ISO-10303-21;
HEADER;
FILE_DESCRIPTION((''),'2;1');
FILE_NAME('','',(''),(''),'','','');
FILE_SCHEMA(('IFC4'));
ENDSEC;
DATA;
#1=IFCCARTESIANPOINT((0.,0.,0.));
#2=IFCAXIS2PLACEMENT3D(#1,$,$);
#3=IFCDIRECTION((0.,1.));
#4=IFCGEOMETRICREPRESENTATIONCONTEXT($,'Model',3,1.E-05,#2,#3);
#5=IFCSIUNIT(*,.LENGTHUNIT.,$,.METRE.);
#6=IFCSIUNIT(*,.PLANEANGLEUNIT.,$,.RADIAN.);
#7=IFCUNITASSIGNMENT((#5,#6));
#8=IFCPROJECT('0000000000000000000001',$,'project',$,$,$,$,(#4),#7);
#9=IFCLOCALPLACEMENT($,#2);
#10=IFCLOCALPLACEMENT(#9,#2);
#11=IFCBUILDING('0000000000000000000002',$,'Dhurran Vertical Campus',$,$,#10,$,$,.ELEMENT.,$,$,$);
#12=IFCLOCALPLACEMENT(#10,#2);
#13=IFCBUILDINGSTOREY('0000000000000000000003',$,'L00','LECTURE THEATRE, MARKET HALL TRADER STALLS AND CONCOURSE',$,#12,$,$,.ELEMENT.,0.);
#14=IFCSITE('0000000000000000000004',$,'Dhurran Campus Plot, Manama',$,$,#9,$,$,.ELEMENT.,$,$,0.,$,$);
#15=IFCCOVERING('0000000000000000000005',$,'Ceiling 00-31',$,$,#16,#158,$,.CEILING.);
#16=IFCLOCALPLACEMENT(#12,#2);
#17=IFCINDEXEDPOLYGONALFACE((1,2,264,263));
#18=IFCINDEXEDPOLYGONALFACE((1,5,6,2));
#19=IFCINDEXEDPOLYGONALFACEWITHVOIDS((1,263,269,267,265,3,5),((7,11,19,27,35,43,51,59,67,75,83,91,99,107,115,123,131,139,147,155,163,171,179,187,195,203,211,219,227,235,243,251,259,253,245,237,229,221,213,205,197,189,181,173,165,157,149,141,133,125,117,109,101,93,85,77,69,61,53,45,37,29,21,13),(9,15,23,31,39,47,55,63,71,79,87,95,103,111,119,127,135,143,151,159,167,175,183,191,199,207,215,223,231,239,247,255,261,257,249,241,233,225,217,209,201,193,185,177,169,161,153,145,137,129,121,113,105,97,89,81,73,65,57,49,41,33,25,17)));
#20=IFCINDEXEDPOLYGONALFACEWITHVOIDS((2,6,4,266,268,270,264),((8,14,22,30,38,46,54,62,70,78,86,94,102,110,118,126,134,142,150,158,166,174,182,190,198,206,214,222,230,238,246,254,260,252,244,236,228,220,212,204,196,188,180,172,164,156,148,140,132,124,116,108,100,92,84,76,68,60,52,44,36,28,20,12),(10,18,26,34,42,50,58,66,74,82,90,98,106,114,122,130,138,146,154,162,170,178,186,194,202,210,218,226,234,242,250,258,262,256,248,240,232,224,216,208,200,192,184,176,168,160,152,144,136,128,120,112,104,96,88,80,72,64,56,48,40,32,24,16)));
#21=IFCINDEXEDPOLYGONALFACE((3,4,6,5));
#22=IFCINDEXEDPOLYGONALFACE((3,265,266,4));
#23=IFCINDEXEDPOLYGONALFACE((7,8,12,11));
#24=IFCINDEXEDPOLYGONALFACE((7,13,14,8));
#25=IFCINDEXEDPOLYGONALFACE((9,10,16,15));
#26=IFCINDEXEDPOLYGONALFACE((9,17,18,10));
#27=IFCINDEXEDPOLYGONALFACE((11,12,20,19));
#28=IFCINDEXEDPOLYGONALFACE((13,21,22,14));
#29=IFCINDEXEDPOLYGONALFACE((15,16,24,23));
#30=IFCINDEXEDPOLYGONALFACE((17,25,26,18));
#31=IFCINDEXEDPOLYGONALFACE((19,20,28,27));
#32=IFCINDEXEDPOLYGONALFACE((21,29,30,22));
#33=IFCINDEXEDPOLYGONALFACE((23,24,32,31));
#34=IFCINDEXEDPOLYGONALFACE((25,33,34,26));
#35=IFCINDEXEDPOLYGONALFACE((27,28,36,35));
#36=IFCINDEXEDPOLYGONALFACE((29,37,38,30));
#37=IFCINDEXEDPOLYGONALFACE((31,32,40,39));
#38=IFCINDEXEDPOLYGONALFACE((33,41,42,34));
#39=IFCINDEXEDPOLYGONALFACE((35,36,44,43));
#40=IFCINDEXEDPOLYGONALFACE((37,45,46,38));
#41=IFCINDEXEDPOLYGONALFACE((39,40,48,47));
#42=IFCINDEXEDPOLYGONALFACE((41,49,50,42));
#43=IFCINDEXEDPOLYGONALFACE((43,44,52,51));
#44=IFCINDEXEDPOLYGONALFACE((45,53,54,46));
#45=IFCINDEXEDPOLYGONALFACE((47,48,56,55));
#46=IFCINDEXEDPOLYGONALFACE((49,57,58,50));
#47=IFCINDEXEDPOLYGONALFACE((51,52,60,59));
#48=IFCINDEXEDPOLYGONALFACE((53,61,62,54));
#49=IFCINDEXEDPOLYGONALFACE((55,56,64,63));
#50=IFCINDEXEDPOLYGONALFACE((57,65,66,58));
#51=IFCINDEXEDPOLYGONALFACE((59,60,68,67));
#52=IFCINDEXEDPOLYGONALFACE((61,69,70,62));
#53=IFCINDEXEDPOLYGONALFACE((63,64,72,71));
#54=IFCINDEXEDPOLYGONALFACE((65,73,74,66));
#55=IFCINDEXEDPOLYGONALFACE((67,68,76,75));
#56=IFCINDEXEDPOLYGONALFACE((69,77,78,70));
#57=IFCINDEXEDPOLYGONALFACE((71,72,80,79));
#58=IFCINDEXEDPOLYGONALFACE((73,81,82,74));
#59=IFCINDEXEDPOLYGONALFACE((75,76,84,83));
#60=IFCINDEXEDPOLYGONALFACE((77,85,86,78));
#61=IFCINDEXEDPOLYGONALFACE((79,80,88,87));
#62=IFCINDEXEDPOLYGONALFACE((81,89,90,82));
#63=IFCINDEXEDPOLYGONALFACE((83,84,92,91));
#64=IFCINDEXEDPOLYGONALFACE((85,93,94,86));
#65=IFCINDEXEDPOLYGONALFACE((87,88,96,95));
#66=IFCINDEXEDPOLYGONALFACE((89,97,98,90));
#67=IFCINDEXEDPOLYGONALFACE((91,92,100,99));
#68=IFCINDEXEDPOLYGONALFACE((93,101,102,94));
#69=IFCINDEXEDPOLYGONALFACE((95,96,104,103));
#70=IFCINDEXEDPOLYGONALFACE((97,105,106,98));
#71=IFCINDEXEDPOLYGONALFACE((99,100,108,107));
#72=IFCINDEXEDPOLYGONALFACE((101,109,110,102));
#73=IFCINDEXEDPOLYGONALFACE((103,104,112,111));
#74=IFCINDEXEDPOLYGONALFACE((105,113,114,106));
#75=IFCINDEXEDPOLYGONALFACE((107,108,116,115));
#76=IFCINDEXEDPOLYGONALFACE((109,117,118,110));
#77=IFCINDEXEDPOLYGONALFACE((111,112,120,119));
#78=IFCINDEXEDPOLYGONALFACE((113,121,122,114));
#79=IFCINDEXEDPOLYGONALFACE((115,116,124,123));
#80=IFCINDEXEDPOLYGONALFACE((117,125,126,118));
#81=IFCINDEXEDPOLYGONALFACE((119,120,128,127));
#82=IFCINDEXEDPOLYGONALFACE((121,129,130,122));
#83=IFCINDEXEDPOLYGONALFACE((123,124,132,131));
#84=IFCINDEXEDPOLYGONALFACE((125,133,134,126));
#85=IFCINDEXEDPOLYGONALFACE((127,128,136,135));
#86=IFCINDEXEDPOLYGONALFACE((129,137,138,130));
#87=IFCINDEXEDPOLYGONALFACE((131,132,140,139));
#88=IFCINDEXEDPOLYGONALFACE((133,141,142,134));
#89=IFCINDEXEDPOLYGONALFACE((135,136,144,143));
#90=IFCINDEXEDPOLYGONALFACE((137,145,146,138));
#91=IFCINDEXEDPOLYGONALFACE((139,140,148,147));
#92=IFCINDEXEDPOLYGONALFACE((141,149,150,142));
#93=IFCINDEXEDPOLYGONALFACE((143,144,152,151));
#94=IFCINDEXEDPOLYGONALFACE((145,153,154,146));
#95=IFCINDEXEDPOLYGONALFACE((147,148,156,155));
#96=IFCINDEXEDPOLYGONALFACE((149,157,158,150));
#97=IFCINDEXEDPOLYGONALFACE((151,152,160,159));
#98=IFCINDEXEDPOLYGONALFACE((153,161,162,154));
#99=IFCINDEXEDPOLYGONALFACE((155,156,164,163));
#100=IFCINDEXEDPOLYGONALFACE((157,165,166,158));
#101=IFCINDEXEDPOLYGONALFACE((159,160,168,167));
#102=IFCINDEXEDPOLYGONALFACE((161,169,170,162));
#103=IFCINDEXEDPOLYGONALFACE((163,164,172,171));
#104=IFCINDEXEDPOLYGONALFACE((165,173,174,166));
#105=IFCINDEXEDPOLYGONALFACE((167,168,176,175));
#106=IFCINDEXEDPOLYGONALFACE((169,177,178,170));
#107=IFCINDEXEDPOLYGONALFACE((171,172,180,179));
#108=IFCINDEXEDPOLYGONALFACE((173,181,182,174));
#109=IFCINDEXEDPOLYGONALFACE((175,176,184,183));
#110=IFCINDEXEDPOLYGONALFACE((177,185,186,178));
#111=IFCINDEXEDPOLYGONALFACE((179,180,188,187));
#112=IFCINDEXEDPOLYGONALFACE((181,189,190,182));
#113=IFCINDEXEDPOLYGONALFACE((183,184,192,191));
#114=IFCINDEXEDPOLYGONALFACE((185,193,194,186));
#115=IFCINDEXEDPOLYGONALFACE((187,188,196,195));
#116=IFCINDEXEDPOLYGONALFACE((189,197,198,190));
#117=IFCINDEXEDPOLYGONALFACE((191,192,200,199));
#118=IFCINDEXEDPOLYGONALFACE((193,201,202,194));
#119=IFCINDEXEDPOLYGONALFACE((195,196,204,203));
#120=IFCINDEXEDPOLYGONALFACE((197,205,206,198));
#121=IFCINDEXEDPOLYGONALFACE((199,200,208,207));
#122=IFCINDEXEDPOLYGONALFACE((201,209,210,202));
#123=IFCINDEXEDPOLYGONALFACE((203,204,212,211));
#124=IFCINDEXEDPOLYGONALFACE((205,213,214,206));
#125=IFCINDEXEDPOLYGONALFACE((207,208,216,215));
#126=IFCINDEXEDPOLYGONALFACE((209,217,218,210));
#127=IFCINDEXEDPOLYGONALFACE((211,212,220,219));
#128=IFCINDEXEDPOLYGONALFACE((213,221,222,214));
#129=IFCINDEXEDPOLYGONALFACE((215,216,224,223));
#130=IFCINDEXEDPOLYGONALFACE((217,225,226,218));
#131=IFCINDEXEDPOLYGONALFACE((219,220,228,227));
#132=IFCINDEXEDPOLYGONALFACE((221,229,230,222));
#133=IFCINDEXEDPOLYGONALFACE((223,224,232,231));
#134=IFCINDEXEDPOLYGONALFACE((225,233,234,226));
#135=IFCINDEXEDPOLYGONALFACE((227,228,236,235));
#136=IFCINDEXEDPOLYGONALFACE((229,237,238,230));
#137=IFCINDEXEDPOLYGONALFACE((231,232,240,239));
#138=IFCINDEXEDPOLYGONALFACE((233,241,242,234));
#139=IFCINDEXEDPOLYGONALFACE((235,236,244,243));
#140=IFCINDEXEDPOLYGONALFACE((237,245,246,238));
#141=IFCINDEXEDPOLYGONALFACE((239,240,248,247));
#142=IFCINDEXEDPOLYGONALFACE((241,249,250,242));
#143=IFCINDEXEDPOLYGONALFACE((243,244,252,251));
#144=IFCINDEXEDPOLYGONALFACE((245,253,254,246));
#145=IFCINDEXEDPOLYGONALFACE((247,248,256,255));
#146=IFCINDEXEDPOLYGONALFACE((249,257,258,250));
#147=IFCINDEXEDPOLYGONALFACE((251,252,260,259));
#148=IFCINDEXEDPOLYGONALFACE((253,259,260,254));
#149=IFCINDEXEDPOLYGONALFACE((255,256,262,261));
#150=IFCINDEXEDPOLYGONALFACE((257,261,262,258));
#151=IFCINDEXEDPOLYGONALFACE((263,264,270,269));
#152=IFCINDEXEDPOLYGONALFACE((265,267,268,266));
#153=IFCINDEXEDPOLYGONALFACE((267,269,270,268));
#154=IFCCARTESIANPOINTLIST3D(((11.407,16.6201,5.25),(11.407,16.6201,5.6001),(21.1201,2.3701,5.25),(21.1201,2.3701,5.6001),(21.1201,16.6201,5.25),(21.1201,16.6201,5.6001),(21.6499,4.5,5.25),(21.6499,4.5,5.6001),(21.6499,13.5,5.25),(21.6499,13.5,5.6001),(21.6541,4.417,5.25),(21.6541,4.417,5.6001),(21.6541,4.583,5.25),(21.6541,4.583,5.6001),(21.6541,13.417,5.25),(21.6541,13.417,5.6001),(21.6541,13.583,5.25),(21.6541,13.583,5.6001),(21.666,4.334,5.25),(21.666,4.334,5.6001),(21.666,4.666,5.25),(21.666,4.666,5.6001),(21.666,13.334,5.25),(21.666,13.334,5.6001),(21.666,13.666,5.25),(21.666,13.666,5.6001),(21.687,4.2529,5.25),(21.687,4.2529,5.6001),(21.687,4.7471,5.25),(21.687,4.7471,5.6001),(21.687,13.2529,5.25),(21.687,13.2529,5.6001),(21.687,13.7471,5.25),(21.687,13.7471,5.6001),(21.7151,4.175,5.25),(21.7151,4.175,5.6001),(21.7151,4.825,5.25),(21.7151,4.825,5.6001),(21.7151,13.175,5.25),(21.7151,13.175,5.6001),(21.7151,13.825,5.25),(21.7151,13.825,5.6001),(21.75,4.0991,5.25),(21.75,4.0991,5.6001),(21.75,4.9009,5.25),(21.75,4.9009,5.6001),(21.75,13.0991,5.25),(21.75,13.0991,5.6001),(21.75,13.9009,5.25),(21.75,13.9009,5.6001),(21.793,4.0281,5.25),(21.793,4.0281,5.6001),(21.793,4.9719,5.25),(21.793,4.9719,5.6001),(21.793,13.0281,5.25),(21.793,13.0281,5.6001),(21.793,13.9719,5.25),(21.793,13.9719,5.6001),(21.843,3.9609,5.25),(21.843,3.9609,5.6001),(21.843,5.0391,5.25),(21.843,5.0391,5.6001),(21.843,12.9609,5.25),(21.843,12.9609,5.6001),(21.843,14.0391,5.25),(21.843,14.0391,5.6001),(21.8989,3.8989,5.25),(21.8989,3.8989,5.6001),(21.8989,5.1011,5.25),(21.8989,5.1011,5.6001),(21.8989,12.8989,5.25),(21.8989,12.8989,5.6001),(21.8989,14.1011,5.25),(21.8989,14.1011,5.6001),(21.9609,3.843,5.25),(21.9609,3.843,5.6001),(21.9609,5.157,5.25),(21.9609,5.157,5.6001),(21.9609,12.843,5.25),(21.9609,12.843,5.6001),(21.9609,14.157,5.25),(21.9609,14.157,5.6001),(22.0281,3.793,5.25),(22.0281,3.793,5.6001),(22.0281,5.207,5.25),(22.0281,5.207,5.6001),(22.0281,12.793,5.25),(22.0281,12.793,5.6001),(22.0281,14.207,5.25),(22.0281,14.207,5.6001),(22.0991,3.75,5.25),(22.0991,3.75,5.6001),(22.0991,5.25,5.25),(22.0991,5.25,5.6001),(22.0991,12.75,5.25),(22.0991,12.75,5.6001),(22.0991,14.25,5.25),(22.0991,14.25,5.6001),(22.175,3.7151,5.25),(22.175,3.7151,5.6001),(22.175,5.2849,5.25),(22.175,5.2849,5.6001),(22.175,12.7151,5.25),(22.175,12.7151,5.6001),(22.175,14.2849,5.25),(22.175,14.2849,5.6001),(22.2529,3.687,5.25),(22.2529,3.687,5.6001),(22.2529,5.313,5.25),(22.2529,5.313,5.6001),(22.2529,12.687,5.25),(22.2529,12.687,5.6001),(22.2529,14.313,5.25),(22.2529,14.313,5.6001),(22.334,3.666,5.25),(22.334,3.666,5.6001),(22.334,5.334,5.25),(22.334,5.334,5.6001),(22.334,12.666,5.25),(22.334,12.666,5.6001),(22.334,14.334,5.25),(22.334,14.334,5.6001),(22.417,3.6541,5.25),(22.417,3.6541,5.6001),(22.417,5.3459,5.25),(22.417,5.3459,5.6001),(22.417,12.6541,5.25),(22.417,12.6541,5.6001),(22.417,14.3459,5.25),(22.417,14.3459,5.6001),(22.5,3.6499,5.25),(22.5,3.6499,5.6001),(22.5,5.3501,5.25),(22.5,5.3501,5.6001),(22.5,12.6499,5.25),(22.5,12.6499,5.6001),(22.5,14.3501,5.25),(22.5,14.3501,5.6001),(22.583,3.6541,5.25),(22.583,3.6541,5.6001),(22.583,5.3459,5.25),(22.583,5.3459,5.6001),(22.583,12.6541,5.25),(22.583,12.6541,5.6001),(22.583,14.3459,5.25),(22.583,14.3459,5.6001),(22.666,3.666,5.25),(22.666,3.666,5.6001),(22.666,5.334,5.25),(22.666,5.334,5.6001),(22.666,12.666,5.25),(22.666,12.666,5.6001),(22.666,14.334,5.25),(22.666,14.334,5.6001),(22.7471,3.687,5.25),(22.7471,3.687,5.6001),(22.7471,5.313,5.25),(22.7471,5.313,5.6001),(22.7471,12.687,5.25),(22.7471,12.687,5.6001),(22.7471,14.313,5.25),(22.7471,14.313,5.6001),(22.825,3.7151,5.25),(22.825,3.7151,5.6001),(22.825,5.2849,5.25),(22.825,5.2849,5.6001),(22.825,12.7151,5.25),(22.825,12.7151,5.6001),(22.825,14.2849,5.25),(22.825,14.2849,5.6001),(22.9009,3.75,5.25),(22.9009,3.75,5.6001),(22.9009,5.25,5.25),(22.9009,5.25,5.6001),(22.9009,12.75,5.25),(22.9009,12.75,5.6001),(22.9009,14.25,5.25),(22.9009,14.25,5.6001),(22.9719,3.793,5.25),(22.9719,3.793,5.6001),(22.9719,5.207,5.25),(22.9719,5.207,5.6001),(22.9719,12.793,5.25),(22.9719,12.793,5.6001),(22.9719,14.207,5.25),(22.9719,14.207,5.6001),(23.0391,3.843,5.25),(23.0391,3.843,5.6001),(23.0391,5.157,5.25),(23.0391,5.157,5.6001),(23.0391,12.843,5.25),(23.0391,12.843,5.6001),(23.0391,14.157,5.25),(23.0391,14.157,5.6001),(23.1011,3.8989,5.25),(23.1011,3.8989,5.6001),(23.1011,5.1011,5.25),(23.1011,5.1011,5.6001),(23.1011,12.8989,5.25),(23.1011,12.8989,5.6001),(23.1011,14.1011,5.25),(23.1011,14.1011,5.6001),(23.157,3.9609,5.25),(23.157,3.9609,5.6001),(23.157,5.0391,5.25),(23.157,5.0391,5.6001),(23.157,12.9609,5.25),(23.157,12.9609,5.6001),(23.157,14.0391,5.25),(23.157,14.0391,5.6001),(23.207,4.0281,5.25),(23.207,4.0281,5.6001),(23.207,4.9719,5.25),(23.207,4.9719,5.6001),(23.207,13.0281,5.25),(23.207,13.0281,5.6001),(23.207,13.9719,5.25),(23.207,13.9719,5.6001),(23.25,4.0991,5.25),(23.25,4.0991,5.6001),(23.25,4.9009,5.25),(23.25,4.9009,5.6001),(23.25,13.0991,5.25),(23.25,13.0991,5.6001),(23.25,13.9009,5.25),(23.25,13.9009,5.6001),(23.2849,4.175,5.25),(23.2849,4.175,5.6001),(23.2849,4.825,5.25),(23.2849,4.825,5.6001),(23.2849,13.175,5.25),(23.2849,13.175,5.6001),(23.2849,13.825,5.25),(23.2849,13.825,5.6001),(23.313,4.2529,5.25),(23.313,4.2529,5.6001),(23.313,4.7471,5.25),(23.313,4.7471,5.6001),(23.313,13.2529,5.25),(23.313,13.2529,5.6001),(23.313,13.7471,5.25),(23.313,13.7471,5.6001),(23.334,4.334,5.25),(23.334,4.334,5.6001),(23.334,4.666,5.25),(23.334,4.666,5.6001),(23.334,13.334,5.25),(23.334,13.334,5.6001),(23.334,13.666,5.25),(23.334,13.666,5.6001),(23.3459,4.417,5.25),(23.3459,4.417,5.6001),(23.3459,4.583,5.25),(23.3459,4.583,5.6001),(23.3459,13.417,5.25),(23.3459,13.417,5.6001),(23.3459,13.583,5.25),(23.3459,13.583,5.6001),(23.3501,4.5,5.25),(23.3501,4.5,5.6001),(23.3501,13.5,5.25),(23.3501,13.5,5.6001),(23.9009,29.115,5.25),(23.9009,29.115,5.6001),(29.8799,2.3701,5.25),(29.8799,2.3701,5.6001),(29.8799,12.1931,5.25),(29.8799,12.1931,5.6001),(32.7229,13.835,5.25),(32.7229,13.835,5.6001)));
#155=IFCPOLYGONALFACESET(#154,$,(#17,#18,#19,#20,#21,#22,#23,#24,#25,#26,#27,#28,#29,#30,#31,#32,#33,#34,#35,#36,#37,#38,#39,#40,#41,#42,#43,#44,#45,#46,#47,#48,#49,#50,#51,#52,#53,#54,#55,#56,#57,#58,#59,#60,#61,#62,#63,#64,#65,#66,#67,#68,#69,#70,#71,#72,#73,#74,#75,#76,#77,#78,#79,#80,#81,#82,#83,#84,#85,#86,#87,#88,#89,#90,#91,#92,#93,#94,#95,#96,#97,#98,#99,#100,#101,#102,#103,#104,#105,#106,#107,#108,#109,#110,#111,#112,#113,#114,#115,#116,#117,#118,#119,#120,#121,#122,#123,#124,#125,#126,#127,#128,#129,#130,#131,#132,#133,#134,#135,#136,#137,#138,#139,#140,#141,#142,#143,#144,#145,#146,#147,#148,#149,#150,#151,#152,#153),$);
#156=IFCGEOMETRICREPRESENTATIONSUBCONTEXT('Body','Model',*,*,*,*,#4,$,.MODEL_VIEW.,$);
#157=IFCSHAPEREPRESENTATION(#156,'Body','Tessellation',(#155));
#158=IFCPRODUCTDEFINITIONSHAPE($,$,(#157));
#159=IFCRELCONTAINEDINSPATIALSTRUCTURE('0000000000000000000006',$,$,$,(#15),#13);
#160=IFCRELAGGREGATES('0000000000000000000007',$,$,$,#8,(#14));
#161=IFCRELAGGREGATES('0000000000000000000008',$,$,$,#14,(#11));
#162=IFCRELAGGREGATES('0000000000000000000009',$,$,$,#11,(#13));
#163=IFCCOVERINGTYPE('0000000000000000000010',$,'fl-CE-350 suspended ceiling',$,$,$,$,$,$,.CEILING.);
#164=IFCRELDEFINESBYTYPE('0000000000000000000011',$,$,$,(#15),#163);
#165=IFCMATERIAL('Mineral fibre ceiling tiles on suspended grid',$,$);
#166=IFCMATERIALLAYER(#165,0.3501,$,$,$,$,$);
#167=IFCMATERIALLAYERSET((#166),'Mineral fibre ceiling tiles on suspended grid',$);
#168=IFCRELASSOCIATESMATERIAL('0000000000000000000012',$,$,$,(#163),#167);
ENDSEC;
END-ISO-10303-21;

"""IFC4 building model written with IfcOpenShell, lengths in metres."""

from ifc_helpers import new_model, si_unit, direction, frame, origin, place, context, subcontext, project, spatial, polyline, outline, extrude, material, layer, layer_set, type_object, element, save


model = new_model("IFC4")

# Units and contexts
model_context = context("Model", 3, precision=1e-05, world=origin(), true_north=direction((0.0, 1.0)))
body_context = subcontext(model_context, "Body", "Model", "MODEL_VIEW")
ifc_project = project(units=[si_unit("LENGTHUNIT", "METRE"), si_unit("PLANEANGLEUNIT", "RADIAN")], contexts=[model_context])

# Site, building, storey
site_placement = place(None, origin())
site = spatial("IfcSite", under=ifc_project, at=site_placement, Name="Dhurran Campus Plot, Manama", CompositionType="ELEMENT", RefElevation=0.0)
building_placement = place(site_placement, origin())
building = spatial("IfcBuilding", under=site, at=building_placement, Name="Dhurran Vertical Campus", CompositionType="ELEMENT")
storey_placement = place(building_placement, origin())
storey = spatial("IfcBuildingStorey", under=building, at=storey_placement, Name="L00", Description="LECTURE THEATRE, MARKET HALL TRADER STALLS AND CONCOURSE", CompositionType="ELEMENT", Elevation=0.0)

# Covering
ifc_material_1 = material(Name="Mineral fibre ceiling tiles on suspended grid")
ifc_layer_1 = layer(ifc_material_1, 0.3501)
ifc_layer_set_1 = layer_set([ifc_layer_1], Name="Mineral fibre ceiling tiles on suspended grid")
covering_type = type_object("IfcCoveringType", Name="fl-CE-350 suspended ceiling", PredefinedType="CEILING", material=ifc_layer_set_1)
covering_1_placement = place(storey_placement, frame((0.0, 0.0, 5.25)))
element("IfcCovering", 1, at=covering_1_placement, inside=storey, type_object=covering_type, Name="Ceiling 00-31", PredefinedType="CEILING", context=body_context, shape_type="SweptSolid", body=[
    extrude(outline(polyline([(32.7229, 13.835), (29.8799, 12.1931), (29.8799, 2.3701), (21.1201, 2.3701), (21.1201, 16.6201), (11.407, 16.6201), (23.9009, 29.115), (32.7229, 13.835)]), holes=[polyline([(23.334, 4.666), (23.313, 4.7471), (23.2849, 4.825), (23.25, 4.9009), (23.207, 4.9719), (23.157, 5.0391), (23.1011, 5.1011), (23.0391, 5.157), (22.9719, 5.207), (22.9009, 5.25), (22.825, 5.2849), (22.7471, 5.313), (22.666, 5.334), (22.583, 5.3459), (22.5, 5.3501), (22.417, 5.3459), (22.334, 5.334), (22.2529, 5.313), (22.175, 5.2849), (22.0991, 5.25), (22.0281, 5.207), (21.9609, 5.157), (21.8989, 5.1011), (21.843, 5.0391), (21.793, 4.9719), (21.75, 4.9009), (21.7151, 4.825), (21.687, 4.7471), (21.666, 4.666), (21.6541, 4.583), (21.6499, 4.5), (21.6541, 4.417), (21.666, 4.334), (21.687, 4.2529), (21.7151, 4.175), (21.75, 4.0991), (21.793, 4.0281), (21.843, 3.9609), (21.8989, 3.8989), (21.9609, 3.843), (22.0281, 3.793), (22.0991, 3.75), (22.175, 3.7151), (22.2529, 3.687), (22.334, 3.666), (22.417, 3.6541), (22.5, 3.6499), (22.583, 3.6541), (22.666, 3.666), (22.7471, 3.687), (22.825, 3.7151), (22.9009, 3.75), (22.9719, 3.793), (23.0391, 3.843), (23.1011, 3.8989), (23.157, 3.9609), (23.207, 4.0281), (23.25, 4.0991), (23.2849, 4.175), (23.313, 4.2529), (23.334, 4.334), (23.3459, 4.417), (23.3501, 4.5), (23.3459, 4.583), (23.334, 4.666)]), polyline([(23.3459, 13.583), (23.334, 13.666), (23.313, 13.7471), (23.2849, 13.825), (23.25, 13.9009), (23.207, 13.9719), (23.157, 14.0391), (23.1011, 14.1011), (23.0391, 14.157), (22.9719, 14.207), (22.9009, 14.25), (22.825, 14.2849), (22.7471, 14.313), (22.666, 14.334), (22.583, 14.3459), (22.5, 14.3501), (22.417, 14.3459), (22.334, 14.334), (22.2529, 14.313), (22.175, 14.2849), (22.0991, 14.25), (22.0281, 14.207), (21.9609, 14.157), (21.8989, 14.1011), (21.843, 14.0391), (21.793, 13.9719), (21.75, 13.9009), (21.7151, 13.825), (21.687, 13.7471), (21.666, 13.666), (21.6541, 13.583), (21.6499, 13.5), (21.6541, 13.417), (21.666, 13.334), (21.687, 13.2529), (21.7151, 13.175), (21.75, 13.0991), (21.793, 13.0281), (21.843, 12.9609), (21.8989, 12.8989), (21.9609, 12.843), (22.0281, 12.793), (22.0991, 12.75), (22.175, 12.7151), (22.2529, 12.687), (22.334, 12.666), (22.417, 12.6541), (22.5, 12.6499), (22.583, 12.6541), (22.666, 12.666), (22.7471, 12.687), (22.825, 12.7151), (22.9009, 12.75), (22.9719, 12.793), (23.0391, 12.843), (23.1011, 12.8989), (23.157, 12.9609), (23.207, 13.0281), (23.25, 13.0991), (23.2849, 13.175), (23.313, 13.2529), (23.334, 13.334), (23.3459, 13.417), (23.3501, 13.5), (23.3459, 13.583)])]), origin(), (0.0, 0.0, 1.0), 0.3501),
])

save(model, "model.ifc")
